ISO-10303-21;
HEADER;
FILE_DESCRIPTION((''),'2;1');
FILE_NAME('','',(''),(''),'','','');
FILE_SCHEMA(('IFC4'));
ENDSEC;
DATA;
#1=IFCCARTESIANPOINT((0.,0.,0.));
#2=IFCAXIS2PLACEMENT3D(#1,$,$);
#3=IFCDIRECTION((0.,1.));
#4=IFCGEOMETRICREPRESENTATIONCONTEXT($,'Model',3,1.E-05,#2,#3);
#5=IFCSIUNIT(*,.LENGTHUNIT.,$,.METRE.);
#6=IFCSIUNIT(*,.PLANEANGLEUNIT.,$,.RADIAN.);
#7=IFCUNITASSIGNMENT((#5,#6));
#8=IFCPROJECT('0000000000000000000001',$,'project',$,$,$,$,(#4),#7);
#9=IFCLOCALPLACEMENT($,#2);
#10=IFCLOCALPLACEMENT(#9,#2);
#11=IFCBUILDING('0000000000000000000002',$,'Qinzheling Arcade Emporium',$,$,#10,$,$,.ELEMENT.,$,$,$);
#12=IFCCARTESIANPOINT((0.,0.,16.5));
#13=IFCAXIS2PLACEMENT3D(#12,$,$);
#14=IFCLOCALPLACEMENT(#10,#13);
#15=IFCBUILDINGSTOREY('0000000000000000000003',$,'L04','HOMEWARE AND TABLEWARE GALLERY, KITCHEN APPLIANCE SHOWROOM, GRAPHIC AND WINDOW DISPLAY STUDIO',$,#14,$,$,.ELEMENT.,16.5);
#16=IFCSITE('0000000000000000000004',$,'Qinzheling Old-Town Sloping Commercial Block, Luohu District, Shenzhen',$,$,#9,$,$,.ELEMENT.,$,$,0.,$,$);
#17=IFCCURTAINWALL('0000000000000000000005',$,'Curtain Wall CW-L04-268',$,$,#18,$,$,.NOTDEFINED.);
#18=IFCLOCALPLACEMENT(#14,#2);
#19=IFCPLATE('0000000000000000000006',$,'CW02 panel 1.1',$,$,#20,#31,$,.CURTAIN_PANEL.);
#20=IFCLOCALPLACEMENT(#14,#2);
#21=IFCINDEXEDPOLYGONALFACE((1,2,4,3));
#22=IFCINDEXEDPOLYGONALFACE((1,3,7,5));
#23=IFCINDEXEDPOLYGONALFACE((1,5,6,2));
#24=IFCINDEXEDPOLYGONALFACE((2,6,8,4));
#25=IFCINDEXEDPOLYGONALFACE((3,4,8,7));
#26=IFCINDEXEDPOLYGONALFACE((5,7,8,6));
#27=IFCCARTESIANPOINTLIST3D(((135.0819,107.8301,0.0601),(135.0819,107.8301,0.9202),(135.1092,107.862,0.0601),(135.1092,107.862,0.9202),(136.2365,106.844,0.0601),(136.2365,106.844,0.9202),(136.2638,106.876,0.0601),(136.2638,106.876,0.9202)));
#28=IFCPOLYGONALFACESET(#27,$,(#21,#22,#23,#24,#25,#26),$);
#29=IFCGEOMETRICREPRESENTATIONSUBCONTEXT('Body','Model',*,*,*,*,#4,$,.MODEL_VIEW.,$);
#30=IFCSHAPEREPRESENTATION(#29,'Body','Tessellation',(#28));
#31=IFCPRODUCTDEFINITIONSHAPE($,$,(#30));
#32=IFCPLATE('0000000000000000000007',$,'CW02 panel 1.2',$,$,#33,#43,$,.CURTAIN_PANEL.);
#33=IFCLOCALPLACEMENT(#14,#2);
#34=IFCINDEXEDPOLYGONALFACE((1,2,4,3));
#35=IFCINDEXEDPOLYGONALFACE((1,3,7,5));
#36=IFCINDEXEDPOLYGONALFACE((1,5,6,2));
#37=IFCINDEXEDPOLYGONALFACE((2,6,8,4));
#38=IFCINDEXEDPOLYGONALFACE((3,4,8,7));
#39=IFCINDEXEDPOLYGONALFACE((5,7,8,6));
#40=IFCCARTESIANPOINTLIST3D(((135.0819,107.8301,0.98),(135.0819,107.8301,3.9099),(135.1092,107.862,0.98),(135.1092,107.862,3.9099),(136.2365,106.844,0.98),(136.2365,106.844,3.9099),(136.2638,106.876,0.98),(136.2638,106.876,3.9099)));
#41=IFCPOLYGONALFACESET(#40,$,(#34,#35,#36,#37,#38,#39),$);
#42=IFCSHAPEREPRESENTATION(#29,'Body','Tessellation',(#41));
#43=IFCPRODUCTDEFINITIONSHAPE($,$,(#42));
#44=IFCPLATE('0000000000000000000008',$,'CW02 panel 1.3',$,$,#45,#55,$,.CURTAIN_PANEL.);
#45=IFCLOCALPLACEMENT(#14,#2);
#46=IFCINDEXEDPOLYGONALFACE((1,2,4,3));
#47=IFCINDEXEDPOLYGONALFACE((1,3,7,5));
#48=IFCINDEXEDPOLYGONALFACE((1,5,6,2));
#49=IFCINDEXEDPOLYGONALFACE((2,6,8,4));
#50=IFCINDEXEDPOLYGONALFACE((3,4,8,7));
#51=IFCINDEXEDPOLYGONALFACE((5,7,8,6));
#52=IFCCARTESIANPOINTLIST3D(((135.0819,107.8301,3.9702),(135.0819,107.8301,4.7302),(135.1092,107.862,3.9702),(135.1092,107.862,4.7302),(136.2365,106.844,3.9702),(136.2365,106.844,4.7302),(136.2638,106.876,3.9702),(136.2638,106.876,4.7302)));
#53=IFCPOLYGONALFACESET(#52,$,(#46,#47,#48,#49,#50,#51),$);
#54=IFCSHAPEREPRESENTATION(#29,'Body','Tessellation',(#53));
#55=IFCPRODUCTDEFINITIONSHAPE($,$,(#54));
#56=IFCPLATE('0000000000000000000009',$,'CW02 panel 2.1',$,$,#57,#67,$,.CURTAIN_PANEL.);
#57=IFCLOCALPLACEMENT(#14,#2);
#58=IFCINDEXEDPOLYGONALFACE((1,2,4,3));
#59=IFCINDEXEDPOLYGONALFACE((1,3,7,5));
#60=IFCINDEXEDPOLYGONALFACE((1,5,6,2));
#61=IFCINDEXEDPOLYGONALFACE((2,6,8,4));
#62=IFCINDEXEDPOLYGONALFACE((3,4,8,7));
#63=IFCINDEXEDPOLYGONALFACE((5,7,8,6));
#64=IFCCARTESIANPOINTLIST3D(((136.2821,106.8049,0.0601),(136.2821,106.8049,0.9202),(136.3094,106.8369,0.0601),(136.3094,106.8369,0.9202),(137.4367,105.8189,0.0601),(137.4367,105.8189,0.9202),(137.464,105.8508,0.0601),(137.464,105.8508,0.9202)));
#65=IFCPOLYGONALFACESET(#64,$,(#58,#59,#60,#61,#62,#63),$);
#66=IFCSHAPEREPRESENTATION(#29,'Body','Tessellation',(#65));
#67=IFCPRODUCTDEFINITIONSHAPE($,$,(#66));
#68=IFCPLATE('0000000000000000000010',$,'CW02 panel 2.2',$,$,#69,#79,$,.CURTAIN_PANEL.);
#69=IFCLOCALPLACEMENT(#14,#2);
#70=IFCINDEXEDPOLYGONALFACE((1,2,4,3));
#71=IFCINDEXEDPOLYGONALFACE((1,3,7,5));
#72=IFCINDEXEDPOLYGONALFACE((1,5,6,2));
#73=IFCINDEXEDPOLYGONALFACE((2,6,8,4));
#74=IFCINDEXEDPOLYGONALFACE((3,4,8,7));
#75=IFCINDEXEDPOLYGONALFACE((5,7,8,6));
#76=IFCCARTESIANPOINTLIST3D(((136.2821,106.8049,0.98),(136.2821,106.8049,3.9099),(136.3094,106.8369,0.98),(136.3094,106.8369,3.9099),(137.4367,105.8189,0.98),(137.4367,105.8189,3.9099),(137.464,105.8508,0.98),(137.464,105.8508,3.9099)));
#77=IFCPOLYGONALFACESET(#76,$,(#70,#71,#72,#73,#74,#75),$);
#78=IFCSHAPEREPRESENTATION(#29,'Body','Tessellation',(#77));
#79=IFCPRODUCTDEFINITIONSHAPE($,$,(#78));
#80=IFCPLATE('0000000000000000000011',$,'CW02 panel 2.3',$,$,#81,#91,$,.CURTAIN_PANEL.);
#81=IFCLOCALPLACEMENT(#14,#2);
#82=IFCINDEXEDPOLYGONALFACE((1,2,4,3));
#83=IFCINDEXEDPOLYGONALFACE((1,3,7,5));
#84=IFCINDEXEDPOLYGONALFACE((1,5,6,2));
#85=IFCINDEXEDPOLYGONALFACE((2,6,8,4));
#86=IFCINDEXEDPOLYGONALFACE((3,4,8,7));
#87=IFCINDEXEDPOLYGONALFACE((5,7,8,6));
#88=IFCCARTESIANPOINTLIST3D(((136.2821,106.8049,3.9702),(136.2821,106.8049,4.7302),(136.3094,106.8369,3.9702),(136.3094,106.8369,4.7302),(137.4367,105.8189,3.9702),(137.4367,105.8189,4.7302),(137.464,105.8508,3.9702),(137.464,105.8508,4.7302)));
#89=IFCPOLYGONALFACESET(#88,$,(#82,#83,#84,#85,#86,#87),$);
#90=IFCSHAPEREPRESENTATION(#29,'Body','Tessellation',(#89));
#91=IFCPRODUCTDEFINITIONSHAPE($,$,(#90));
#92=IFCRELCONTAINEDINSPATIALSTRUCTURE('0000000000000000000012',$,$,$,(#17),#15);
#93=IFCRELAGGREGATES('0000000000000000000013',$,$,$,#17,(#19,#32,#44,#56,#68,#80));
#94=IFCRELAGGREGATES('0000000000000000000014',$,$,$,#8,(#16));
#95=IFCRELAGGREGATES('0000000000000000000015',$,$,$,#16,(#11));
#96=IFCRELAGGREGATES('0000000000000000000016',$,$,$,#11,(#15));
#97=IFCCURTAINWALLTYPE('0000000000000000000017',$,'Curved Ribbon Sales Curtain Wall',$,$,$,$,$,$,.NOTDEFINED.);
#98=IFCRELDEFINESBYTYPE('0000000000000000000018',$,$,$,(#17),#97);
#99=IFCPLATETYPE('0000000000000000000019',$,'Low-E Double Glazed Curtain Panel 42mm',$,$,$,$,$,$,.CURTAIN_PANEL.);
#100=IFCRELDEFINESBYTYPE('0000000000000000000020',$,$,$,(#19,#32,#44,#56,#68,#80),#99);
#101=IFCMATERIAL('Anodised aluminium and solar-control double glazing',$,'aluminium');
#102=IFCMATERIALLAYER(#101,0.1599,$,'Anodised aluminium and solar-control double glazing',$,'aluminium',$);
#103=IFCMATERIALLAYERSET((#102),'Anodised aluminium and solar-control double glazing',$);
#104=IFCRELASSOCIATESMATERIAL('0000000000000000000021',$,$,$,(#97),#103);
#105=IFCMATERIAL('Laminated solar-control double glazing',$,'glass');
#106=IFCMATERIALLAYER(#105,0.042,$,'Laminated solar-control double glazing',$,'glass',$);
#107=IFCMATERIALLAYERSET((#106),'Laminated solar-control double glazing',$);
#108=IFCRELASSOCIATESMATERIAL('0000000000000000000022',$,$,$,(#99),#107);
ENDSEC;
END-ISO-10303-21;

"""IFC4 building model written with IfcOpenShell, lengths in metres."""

from ifc_helpers import new_model, si_unit, direction, frame, origin, origin_2d, place, context, subcontext, project, spatial, rectangle, extrude, material, layer, layer_set, type_object, element, aggregate, save


model = new_model("IFC4")

# Units and contexts
model_context = context("Model", 3, precision=1e-05, world=origin(), true_north=direction((0.0, 1.0)))
body_context = subcontext(model_context, "Body", "Model", "MODEL_VIEW")
ifc_project = project(units=[si_unit("LENGTHUNIT", "METRE"), si_unit("PLANEANGLEUNIT", "RADIAN")], contexts=[model_context])

# Site, building, storey
site_placement = place(None, origin())
site = spatial("IfcSite", under=ifc_project, at=site_placement, Name="Qinzheling Old-Town Sloping Commercial Block, Luohu District, Shenzhen", CompositionType="ELEMENT", RefElevation=0.0)
building_placement = place(site_placement, origin())
building = spatial("IfcBuilding", under=site, at=building_placement, Name="Qinzheling Arcade Emporium", CompositionType="ELEMENT")
storey_placement = place(building_placement, frame((0.0, 0.0, 16.5)))
storey = spatial("IfcBuildingStorey", under=building, at=storey_placement, Name="L04", Description="HOMEWARE AND TABLEWARE GALLERY, KITCHEN APPLIANCE SHOWROOM, GRAPHIC AND WINDOW DISPLAY STUDIO", CompositionType="ELEMENT", Elevation=16.5)

# Curtain wall
ifc_material_1 = material(Name="Anodised aluminium and solar-control double glazing", Category="aluminium")
ifc_layer_1 = layer(ifc_material_1, 0.1599, Name="Anodised aluminium and solar-control double glazing", Category="aluminium")
ifc_layer_set_1 = layer_set([ifc_layer_1], Name="Anodised aluminium and solar-control double glazing")
curtain_wall_type = type_object("IfcCurtainWallType", Name="Curved Ribbon Sales Curtain Wall", PredefinedType="NOTDEFINED", material=ifc_layer_set_1)
curtain_wall_1_placement = place(storey_placement, origin())
curtain_wall_1 = element("IfcCurtainWall", 1, at=curtain_wall_1_placement, inside=storey, type_object=curtain_wall_type, Name="Curtain Wall CW-L04-268", PredefinedType="NOTDEFINED")

# Plates
ifc_material_2 = material(Name="Laminated solar-control double glazing", Category="glass")
ifc_layer_2 = layer(ifc_material_2, 0.042, Name="Laminated solar-control double glazing", Category="glass")
ifc_layer_set_2 = layer_set([ifc_layer_2], Name="Laminated solar-control double glazing")
plate_type_1 = type_object("IfcPlateType", Name="Low-E Double Glazed Curtain Panel 42mm", PredefinedType="CURTAIN_PANEL", material=ifc_layer_set_2)
plate_1_placement = place(storey_placement, frame((135.6729, 107.353, 0.0601), z_axis=(0.0, 0.0, 1.0), x_axis=(0.760418, -0.649433, 0.0)))
plate_1 = element("IfcPlate", 2, at=plate_1_placement, type_object=plate_type_1, Name="CW02 panel 1.1", PredefinedType="CURTAIN_PANEL", context=body_context, shape_type="SweptSolid", body=[
    extrude(rectangle(XDim=1.5183, YDim=0.042, at=origin_2d()), origin(), (0.0, 0.0, 1.0), 0.8601),
])
plate_2_placement = place(storey_placement, frame((135.6729, 107.353, 0.98), z_axis=(0.0, 0.0, 1.0), x_axis=(0.760418, -0.649433, 0.0)))
plate_2 = element("IfcPlate", 3, at=plate_2_placement, type_object=plate_type_1, Name="CW02 panel 1.2", PredefinedType="CURTAIN_PANEL", context=body_context, shape_type="SweptSolid", body=[
    extrude(rectangle(XDim=1.5183, YDim=0.042, at=origin_2d()), origin(), (0.0, 0.0, 1.0), 2.9299),
])
plate_3_placement = place(storey_placement, frame((135.6729, 107.353, 3.9702), z_axis=(0.0, 0.0, 1.0), x_axis=(0.760418, -0.649433, 0.0)))
plate_3 = element("IfcPlate", 4, at=plate_3_placement, type_object=plate_type_1, Name="CW02 panel 1.3", PredefinedType="CURTAIN_PANEL", context=body_context, shape_type="SweptSolid", body=[
    extrude(rectangle(XDim=1.5183, YDim=0.042, at=origin_2d()), origin(), (0.0, 0.0, 1.0), 0.76),
])
plate_4_placement = place(storey_placement, frame((136.873, 106.3279, 0.0601), z_axis=(0.0, 0.0, 1.0), x_axis=(0.760418, -0.649433, 0.0)))
plate_4 = element("IfcPlate", 5, at=plate_4_placement, type_object=plate_type_1, Name="CW02 panel 2.1", PredefinedType="CURTAIN_PANEL", context=body_context, shape_type="SweptSolid", body=[
    extrude(rectangle(XDim=1.5183, YDim=0.042, at=origin_2d()), origin(), (0.0, 0.0, 1.0), 0.8601),
])
plate_5_placement = place(storey_placement, frame((136.873, 106.3279, 0.98), z_axis=(0.0, 0.0, 1.0), x_axis=(0.760418, -0.649433, 0.0)))
plate_5 = element("IfcPlate", 6, at=plate_5_placement, type_object=plate_type_1, Name="CW02 panel 2.2", PredefinedType="CURTAIN_PANEL", context=body_context, shape_type="SweptSolid", body=[
    extrude(rectangle(XDim=1.5183, YDim=0.042, at=origin_2d()), origin(), (0.0, 0.0, 1.0), 2.9299),
])
plate_6_placement = place(storey_placement, frame((136.873, 106.3279, 3.9702), z_axis=(0.0, 0.0, 1.0), x_axis=(0.760418, -0.649433, 0.0)))
plate_6 = element("IfcPlate", 7, at=plate_6_placement, type_object=plate_type_1, Name="CW02 panel 2.3", PredefinedType="CURTAIN_PANEL", context=body_context, shape_type="SweptSolid", body=[
    extrude(rectangle(XDim=1.5183, YDim=0.042, at=origin_2d()), origin(), (0.0, 0.0, 1.0), 0.76),
])
aggregate(curtain_wall_1, [plate_1, plate_2, plate_3, plate_4, plate_5, plate_6])

save(model, "model.ifc")
